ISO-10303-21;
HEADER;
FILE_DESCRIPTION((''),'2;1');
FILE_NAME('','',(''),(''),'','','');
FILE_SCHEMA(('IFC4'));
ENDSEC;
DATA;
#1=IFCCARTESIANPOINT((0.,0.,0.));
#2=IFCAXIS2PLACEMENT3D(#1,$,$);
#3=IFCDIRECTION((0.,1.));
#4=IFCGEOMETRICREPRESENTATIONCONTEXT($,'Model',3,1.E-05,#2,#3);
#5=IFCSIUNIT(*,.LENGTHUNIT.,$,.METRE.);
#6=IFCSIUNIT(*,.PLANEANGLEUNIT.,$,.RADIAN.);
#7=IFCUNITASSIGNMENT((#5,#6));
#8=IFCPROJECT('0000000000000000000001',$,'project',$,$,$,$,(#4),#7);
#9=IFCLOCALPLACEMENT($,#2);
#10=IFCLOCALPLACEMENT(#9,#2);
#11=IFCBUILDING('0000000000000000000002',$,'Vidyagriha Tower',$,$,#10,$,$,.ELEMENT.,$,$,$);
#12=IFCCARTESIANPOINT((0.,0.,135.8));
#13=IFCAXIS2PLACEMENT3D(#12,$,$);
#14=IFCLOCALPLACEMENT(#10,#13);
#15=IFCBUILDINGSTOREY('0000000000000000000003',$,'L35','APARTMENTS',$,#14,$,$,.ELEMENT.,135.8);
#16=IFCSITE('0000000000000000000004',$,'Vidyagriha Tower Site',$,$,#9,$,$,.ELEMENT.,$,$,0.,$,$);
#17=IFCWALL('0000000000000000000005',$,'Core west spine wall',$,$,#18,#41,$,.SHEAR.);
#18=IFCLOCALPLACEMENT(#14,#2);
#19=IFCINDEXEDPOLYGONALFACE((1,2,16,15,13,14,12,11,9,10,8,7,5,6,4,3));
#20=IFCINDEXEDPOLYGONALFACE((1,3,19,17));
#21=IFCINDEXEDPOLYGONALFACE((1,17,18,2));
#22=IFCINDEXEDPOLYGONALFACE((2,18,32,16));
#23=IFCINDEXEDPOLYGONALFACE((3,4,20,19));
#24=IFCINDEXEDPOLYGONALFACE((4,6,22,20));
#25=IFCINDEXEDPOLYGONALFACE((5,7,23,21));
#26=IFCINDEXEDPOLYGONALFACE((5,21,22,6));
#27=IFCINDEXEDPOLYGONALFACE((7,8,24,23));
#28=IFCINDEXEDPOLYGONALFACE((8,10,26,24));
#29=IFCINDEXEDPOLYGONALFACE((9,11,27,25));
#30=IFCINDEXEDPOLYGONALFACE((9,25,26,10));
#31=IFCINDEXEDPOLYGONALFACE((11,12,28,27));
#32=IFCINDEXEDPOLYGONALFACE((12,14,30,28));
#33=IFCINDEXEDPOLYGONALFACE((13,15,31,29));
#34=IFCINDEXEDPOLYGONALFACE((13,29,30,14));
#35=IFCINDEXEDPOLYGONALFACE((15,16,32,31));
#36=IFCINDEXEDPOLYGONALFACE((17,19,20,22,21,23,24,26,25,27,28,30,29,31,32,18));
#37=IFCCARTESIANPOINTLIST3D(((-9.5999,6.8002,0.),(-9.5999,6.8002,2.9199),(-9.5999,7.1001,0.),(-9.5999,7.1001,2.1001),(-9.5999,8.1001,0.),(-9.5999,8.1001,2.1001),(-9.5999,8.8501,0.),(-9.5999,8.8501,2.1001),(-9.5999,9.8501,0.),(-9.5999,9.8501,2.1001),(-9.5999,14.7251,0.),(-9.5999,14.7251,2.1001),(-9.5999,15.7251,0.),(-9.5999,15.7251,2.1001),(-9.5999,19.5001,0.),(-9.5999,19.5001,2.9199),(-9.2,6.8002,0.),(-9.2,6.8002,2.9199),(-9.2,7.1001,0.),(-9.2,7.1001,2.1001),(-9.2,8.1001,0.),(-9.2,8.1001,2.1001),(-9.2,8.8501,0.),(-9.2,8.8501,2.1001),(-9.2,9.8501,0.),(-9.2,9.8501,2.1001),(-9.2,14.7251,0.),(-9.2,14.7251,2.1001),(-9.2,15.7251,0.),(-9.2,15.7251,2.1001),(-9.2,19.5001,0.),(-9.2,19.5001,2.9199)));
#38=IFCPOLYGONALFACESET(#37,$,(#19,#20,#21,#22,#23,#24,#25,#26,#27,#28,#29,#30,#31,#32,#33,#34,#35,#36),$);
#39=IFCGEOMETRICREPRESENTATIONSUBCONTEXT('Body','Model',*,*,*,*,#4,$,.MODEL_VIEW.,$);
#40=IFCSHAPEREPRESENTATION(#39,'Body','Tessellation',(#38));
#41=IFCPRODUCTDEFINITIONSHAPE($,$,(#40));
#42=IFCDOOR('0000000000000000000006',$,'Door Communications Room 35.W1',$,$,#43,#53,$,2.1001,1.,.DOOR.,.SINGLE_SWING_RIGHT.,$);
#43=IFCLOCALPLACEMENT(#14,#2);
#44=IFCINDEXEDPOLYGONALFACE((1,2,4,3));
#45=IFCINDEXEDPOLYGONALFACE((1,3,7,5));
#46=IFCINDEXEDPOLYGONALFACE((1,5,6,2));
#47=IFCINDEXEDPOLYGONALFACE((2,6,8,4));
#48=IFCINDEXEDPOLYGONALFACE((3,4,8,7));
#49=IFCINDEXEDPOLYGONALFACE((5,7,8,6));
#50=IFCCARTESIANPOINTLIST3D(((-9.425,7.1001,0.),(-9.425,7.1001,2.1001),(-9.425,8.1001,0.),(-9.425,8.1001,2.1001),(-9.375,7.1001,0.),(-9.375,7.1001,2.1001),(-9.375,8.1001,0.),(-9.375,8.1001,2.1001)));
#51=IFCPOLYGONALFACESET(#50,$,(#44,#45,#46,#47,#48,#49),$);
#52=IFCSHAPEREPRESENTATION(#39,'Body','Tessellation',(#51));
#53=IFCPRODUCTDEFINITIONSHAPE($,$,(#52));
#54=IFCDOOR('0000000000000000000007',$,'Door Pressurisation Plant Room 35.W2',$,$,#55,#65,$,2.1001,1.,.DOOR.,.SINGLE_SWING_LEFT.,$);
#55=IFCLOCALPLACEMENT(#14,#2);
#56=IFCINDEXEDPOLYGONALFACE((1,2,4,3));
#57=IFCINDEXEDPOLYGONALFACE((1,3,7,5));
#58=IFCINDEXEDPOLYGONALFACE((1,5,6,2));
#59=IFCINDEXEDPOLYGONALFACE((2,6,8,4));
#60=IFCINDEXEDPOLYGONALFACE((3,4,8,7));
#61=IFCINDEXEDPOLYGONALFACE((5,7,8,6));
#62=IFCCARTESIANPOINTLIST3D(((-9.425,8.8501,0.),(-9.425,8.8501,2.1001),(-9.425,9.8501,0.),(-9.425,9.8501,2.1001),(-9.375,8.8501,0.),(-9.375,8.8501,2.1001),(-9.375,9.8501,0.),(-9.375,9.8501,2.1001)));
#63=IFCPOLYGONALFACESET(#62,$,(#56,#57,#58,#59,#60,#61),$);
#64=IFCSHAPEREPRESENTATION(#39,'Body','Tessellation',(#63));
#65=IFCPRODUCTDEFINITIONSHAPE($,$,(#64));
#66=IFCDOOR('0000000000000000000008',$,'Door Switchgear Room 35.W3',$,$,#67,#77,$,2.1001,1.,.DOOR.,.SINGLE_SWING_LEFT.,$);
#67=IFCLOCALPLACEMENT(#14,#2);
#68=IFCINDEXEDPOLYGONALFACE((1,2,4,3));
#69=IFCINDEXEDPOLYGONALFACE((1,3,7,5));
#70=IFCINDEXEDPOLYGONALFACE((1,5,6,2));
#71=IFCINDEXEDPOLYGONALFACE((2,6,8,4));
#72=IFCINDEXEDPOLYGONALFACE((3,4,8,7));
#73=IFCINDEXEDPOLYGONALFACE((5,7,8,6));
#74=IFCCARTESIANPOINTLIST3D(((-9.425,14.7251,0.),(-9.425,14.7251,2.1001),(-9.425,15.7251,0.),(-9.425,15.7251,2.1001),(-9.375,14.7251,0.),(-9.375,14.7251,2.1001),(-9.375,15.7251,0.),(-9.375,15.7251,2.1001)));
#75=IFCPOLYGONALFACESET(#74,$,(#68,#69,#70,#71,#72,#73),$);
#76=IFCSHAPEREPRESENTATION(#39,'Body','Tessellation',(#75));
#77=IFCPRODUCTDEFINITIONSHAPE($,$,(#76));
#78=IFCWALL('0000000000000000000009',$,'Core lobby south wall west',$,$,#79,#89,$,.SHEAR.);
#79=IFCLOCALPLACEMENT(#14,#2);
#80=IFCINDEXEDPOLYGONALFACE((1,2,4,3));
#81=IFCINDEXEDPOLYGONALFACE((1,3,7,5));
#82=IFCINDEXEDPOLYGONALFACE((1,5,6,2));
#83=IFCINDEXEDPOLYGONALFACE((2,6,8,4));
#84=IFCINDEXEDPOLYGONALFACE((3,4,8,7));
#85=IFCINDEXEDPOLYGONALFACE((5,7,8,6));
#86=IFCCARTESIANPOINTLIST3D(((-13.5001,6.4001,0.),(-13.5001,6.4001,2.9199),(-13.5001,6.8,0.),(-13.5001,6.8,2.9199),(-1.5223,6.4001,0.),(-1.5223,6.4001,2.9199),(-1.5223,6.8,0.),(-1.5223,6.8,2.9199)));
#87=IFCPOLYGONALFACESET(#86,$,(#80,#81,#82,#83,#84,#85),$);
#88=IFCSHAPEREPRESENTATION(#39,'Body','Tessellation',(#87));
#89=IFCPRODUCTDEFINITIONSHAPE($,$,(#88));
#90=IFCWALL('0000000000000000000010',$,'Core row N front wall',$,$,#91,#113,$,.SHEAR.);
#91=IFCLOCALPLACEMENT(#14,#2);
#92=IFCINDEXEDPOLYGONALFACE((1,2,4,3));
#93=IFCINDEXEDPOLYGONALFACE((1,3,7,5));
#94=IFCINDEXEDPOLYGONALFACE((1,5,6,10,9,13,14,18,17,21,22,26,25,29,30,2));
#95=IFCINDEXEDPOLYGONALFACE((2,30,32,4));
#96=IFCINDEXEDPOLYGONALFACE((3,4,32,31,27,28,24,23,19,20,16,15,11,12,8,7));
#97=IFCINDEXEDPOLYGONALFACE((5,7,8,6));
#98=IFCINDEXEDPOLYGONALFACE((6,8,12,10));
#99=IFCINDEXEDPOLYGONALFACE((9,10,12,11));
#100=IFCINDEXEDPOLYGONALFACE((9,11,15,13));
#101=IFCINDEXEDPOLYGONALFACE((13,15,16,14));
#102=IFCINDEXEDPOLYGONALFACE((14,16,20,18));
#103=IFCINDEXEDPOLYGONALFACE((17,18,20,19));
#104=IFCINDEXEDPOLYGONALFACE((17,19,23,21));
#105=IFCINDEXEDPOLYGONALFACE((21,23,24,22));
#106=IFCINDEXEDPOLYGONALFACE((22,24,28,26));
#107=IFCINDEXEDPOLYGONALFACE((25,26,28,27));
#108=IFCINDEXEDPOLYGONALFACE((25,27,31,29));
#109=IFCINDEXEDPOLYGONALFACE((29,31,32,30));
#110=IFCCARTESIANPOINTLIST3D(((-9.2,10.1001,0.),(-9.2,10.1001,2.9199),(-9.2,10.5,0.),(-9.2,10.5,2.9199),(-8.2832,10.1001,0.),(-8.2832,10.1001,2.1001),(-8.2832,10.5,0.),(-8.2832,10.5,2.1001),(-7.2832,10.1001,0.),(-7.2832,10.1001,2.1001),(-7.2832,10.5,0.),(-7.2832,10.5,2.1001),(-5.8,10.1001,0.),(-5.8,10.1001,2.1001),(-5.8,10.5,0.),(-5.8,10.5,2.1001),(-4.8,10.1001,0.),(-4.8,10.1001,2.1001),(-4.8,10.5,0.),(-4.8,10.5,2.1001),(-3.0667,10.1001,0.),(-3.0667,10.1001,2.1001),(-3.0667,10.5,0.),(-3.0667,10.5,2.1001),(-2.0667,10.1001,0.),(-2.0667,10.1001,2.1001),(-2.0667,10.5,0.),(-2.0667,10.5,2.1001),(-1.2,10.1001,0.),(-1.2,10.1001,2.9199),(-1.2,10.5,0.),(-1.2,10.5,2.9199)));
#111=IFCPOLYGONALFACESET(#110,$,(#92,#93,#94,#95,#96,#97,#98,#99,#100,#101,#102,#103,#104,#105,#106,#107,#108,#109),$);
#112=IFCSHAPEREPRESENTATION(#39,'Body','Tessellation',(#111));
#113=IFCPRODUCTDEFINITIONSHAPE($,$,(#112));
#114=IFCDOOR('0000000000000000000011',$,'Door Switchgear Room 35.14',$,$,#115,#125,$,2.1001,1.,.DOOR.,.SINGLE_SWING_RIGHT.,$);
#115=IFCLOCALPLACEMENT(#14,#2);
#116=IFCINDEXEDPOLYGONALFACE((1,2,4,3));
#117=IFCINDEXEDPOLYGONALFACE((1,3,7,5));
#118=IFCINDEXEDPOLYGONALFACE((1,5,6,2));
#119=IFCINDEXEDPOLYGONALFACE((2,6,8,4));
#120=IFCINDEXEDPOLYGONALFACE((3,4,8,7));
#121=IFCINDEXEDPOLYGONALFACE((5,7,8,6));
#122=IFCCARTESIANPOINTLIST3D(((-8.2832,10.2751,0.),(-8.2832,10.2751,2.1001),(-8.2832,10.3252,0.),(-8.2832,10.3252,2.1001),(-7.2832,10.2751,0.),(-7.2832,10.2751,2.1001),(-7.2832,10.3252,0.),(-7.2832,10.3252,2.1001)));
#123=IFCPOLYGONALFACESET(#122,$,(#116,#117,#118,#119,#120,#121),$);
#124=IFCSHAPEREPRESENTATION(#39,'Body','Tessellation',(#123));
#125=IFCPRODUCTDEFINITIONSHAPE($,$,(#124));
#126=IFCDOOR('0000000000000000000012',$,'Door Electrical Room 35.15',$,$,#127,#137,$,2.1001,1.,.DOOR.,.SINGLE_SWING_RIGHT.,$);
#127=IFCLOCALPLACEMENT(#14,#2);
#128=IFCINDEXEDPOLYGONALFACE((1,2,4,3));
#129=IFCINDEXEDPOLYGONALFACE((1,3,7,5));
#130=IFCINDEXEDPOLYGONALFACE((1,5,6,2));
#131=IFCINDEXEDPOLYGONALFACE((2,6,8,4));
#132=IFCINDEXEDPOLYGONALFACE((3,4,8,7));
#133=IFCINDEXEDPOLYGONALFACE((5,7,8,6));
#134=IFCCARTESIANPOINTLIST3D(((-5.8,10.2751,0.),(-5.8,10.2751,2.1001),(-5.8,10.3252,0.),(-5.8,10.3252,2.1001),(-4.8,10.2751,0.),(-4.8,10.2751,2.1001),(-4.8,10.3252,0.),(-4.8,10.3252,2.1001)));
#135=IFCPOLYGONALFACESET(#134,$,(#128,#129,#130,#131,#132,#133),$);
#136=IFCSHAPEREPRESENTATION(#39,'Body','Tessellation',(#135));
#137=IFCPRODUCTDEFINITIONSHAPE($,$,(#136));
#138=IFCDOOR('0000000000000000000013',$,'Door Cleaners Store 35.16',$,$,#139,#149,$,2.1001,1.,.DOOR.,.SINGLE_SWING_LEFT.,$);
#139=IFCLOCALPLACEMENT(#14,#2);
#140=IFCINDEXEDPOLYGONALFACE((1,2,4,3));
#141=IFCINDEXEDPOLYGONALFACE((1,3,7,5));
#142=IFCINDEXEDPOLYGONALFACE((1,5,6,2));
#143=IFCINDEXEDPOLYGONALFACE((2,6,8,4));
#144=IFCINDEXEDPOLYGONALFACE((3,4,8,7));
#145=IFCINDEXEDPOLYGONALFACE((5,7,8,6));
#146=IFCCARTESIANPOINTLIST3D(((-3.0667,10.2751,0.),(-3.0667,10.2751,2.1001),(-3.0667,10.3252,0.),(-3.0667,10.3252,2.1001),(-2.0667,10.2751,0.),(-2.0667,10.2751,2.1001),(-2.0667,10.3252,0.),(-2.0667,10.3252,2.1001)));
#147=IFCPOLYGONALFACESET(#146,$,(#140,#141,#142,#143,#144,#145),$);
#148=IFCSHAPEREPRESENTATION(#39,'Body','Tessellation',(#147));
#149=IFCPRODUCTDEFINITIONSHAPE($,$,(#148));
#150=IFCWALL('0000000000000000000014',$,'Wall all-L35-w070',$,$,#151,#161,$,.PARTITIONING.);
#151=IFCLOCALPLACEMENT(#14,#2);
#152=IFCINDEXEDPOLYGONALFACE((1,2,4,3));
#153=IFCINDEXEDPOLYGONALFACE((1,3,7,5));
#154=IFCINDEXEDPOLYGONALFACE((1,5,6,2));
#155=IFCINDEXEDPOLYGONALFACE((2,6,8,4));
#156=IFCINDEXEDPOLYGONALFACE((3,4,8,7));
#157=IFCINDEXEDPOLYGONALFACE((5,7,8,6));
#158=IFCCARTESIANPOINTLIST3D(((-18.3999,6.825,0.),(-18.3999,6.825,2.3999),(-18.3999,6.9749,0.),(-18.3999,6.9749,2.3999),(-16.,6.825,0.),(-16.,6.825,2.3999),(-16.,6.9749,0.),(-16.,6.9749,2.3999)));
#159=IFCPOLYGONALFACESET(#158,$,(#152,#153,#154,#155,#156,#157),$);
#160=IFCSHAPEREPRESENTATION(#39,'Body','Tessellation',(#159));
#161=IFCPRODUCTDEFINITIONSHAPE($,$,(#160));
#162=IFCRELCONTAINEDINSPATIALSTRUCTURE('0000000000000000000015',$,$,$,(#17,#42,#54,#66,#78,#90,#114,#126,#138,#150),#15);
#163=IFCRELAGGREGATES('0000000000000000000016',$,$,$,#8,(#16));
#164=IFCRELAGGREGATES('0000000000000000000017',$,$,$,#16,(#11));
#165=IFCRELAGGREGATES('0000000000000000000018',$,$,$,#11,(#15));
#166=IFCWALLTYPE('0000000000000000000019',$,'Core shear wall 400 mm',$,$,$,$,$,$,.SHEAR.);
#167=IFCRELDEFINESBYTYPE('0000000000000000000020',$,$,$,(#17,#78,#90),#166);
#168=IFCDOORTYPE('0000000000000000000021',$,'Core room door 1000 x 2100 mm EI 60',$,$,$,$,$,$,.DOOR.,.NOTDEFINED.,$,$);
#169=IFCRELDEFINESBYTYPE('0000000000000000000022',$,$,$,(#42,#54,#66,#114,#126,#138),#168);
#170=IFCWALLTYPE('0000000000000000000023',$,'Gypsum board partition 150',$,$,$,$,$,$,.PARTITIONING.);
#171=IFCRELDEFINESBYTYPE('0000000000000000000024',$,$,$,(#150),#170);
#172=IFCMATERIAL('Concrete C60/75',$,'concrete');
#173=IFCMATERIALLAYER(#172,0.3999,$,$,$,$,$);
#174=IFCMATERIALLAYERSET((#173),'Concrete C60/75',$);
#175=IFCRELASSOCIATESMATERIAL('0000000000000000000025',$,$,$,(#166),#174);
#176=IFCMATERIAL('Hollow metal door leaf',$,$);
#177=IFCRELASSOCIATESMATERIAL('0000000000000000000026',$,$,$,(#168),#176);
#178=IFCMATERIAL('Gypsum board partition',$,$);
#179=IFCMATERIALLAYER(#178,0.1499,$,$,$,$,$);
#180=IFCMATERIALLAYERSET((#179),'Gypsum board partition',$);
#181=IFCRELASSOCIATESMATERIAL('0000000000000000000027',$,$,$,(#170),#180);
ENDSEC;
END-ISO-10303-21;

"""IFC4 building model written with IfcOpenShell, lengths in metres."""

from ifc_helpers import new_model, si_unit, direction, frame, frame_2d, origin, place, context, subcontext, project, spatial, rectangle, extrude, material, layer, layer_set, type_object, element, fill, save


model = new_model("IFC4")

# Units and contexts
model_context = context("Model", 3, precision=1e-05, world=origin(), true_north=direction((0.0, 1.0)))
body_context = subcontext(model_context, "Body", "Model", "MODEL_VIEW")
ifc_project = project(units=[si_unit("LENGTHUNIT", "METRE"), si_unit("PLANEANGLEUNIT", "RADIAN")], contexts=[model_context])

# Site, building, storey
site_placement = place(None, origin())
site = spatial("IfcSite", under=ifc_project, at=site_placement, Name="Vidyagriha Tower Site", CompositionType="ELEMENT", RefElevation=0.0)
building_placement = place(site_placement, origin())
building = spatial("IfcBuilding", under=site, at=building_placement, Name="Vidyagriha Tower", CompositionType="ELEMENT")
storey_placement = place(building_placement, frame((0.0, 0.0, 135.8)))
storey = spatial("IfcBuildingStorey", under=building, at=storey_placement, Name="L35", Description="APARTMENTS", CompositionType="ELEMENT", Elevation=135.8)

# Wall, openings, doors
ifc_material_1 = material(Name="Concrete C60/75", Category="concrete")
ifc_layer_1 = layer(ifc_material_1, 0.3999)
ifc_layer_set_1 = layer_set([ifc_layer_1], Name="Concrete C60/75")
wall_type_1 = type_object("IfcWallType", Name="Core shear wall 400 mm", PredefinedType="SHEAR", material=ifc_layer_set_1)
wall_1_placement = place(storey_placement, frame((-9.3999, 6.8, 0.0), z_axis=(0.0, 0.0, 1.0), x_axis=(0.0, 1.0, 0.0)))
wall_1 = element("IfcWall", 1, at=wall_1_placement, inside=storey, type_object=wall_type_1, Name="Core west spine wall", PredefinedType="SHEAR", context=body_context, shape_type="SweptSolid", body=[
    extrude(rectangle(XDim=12.7, YDim=0.3999, at=frame_2d((6.3501, 0.0))), origin(), (0.0, 0.0, 1.0), 2.9199),
])
opening_1_placement = place(wall_1_placement, frame((0.3, 0.0, 0.0)))
opening_1 = element("IfcOpeningElement", 2, at=opening_1_placement, cuts=wall_1, PredefinedType="OPENING", context=body_context, shape_type="SweptSolid", body=[
    extrude(rectangle(XDim=1.0, YDim=2.1001, at=frame_2d((0.5, 1.05))), frame((0.0, 0.21, 0.0), z_axis=(0.0, -1.0, 0.0), x_axis=(1.0, 0.0, 0.0)), (0.0, 0.0, 1.0), 0.4199),
])
opening_2_placement = place(wall_1_placement, frame((2.05, 0.0, 0.0)))
opening_2 = element("IfcOpeningElement", 3, at=opening_2_placement, cuts=wall_1, PredefinedType="OPENING", context=body_context, shape_type="SweptSolid", body=[
    extrude(rectangle(XDim=1.0, YDim=2.1001, at=frame_2d((0.5, 1.05))), frame((0.0, 0.21, 0.0), z_axis=(0.0, -1.0, 0.0), x_axis=(1.0, 0.0, 0.0)), (0.0, 0.0, 1.0), 0.4199),
])
opening_3_placement = place(wall_1_placement, frame((7.925, 0.0, 0.0)))
opening_3 = element("IfcOpeningElement", 4, at=opening_3_placement, cuts=wall_1, PredefinedType="OPENING", context=body_context, shape_type="SweptSolid", body=[
    extrude(rectangle(XDim=1.0, YDim=2.1001, at=frame_2d((0.5, 1.05))), frame((0.0, 0.21, 0.0), z_axis=(0.0, -1.0, 0.0), x_axis=(1.0, 0.0, 0.0)), (0.0, 0.0, 1.0), 0.4199),
])
ifc_material_2 = material(Name="Hollow metal door leaf")
door_type_1 = type_object("IfcDoorType", Name="Core room door 1000 x 2100 mm EI 60", OperationType="NOTDEFINED", PredefinedType="DOOR", material=ifc_material_2)
door_1_placement = place(opening_1_placement, frame((1.0, 0.0, 0.0), z_axis=(0.0, 0.0, 1.0), x_axis=(-1.0, 0.0, 0.0)))
door_1 = element("IfcDoor", 5, at=door_1_placement, inside=storey, type_object=door_type_1, Name="Door Communications Room 35.W1", OperationType="SINGLE_SWING_RIGHT", OverallHeight=2.1001, OverallWidth=1.0, PredefinedType="DOOR", context=body_context, shape_type="SweptSolid", body=[
    extrude(rectangle(XDim=1.0, YDim=2.1001, at=frame_2d((0.5, 1.05))), frame((0.0, 0.0249, 0.0), z_axis=(0.0, -1.0, 0.0), x_axis=(1.0, 0.0, 0.0)), (0.0, 0.0, 1.0), 0.05),
])
fill(opening_1, door_1)
door_2_placement = place(opening_2_placement, frame((1.0, 0.0, 0.0), z_axis=(0.0, 0.0, 1.0), x_axis=(-1.0, 0.0, 0.0)))
door_2 = element("IfcDoor", 6, at=door_2_placement, inside=storey, type_object=door_type_1, Name="Door Pressurisation Plant Room 35.W2", OperationType="SINGLE_SWING_LEFT", OverallHeight=2.1001, OverallWidth=1.0, PredefinedType="DOOR", context=body_context, shape_type="SweptSolid", body=[
    extrude(rectangle(XDim=1.0, YDim=2.1001, at=frame_2d((0.5, 1.05))), frame((0.0, 0.0249, 0.0), z_axis=(0.0, -1.0, 0.0), x_axis=(1.0, 0.0, 0.0)), (0.0, 0.0, 1.0), 0.05),
])
fill(opening_2, door_2)
door_3_placement = place(opening_3_placement, frame((1.0, 0.0, 0.0), z_axis=(0.0, 0.0, 1.0), x_axis=(-1.0, 0.0, 0.0)))
door_3 = element("IfcDoor", 7, at=door_3_placement, inside=storey, type_object=door_type_1, Name="Door Switchgear Room 35.W3", OperationType="SINGLE_SWING_LEFT", OverallHeight=2.1001, OverallWidth=1.0, PredefinedType="DOOR", context=body_context, shape_type="SweptSolid", body=[
    extrude(rectangle(XDim=1.0, YDim=2.1001, at=frame_2d((0.5, 1.05))), frame((0.0, 0.0249, 0.0), z_axis=(0.0, -1.0, 0.0), x_axis=(1.0, 0.0, 0.0)), (0.0, 0.0, 1.0), 0.05),
])
fill(opening_3, door_3)

# Wall
wall_2_placement = place(storey_placement, frame((-13.5, 6.6001, 0.0)))
element("IfcWall", 8, at=wall_2_placement, inside=storey, type_object=wall_type_1, Name="Core lobby south wall west", PredefinedType="SHEAR", context=body_context, shape_type="SweptSolid", body=[
    extrude(rectangle(XDim=11.9778, YDim=0.3999, at=frame_2d((5.9888, 0.0))), origin(), (0.0, 0.0, 1.0), 2.9199),
])

# Wall, openings, doors
wall_3_placement = place(storey_placement, frame((-9.2, 10.3, 0.0)))
wall_3 = element("IfcWall", 9, at=wall_3_placement, inside=storey, type_object=wall_type_1, Name="Core row N front wall", PredefinedType="SHEAR", context=body_context, shape_type="SweptSolid", body=[
    extrude(rectangle(XDim=8.0, YDim=0.3999, at=frame_2d((4.0, 0.0))), origin(), (0.0, 0.0, 1.0), 2.9199),
])
opening_4_placement = place(wall_3_placement, frame((0.9167, 0.0, 0.0)))
opening_4 = element("IfcOpeningElement", 10, at=opening_4_placement, cuts=wall_3, PredefinedType="OPENING", context=body_context, shape_type="SweptSolid", body=[
    extrude(rectangle(XDim=1.0, YDim=2.1001, at=frame_2d((0.5, 1.05))), frame((0.0, 0.21, 0.0), z_axis=(0.0, -1.0, 0.0), x_axis=(1.0, 0.0, 0.0)), (0.0, 0.0, 1.0), 0.4199),
])
opening_5_placement = place(wall_3_placement, frame((3.3999, 0.0, 0.0)))
opening_5 = element("IfcOpeningElement", 11, at=opening_5_placement, cuts=wall_3, PredefinedType="OPENING", context=body_context, shape_type="SweptSolid", body=[
    extrude(rectangle(XDim=1.0, YDim=2.1001, at=frame_2d((0.5, 1.05))), frame((0.0, 0.21, 0.0), z_axis=(0.0, -1.0, 0.0), x_axis=(1.0, 0.0, 0.0)), (0.0, 0.0, 1.0), 0.4199),
])
opening_6_placement = place(wall_3_placement, frame((6.1333, 0.0, 0.0)))
opening_6 = element("IfcOpeningElement", 12, at=opening_6_placement, cuts=wall_3, PredefinedType="OPENING", context=body_context, shape_type="SweptSolid", body=[
    extrude(rectangle(XDim=1.0, YDim=2.1001, at=frame_2d((0.5, 1.05))), frame((0.0, 0.21, 0.0), z_axis=(0.0, -1.0, 0.0), x_axis=(1.0, 0.0, 0.0)), (0.0, 0.0, 1.0), 0.4199),
])
door_4_placement = place(opening_4_placement, frame((1.0, 0.0, 0.0), z_axis=(0.0, 0.0, 1.0), x_axis=(-1.0, 0.0, 0.0)))
door_4 = element("IfcDoor", 13, at=door_4_placement, inside=storey, type_object=door_type_1, Name="Door Switchgear Room 35.14", OperationType="SINGLE_SWING_RIGHT", OverallHeight=2.1001, OverallWidth=1.0, PredefinedType="DOOR", context=body_context, shape_type="SweptSolid", body=[
    extrude(rectangle(XDim=1.0, YDim=2.1001, at=frame_2d((0.5, 1.05))), frame((0.0, 0.0249, 0.0), z_axis=(0.0, -1.0, 0.0), x_axis=(1.0, 0.0, 0.0)), (0.0, 0.0, 1.0), 0.05),
])
fill(opening_4, door_4)
door_5_placement = place(opening_5_placement, frame((1.0, 0.0, 0.0), z_axis=(0.0, 0.0, 1.0), x_axis=(-1.0, 0.0, 0.0)))
door_5 = element("IfcDoor", 14, at=door_5_placement, inside=storey, type_object=door_type_1, Name="Door Electrical Room 35.15", OperationType="SINGLE_SWING_RIGHT", OverallHeight=2.1001, OverallWidth=1.0, PredefinedType="DOOR", context=body_context, shape_type="SweptSolid", body=[
    extrude(rectangle(XDim=1.0, YDim=2.1001, at=frame_2d((0.5, 1.05))), frame((0.0, 0.0249, 0.0), z_axis=(0.0, -1.0, 0.0), x_axis=(1.0, 0.0, 0.0)), (0.0, 0.0, 1.0), 0.05),
])
fill(opening_5, door_5)
door_6_placement = place(opening_6_placement, frame((1.0, 0.0, 0.0), z_axis=(0.0, 0.0, 1.0), x_axis=(-1.0, 0.0, 0.0)))
door_6 = element("IfcDoor", 15, at=door_6_placement, inside=storey, type_object=door_type_1, Name="Door Cleaners Store 35.16", OperationType="SINGLE_SWING_LEFT", OverallHeight=2.1001, OverallWidth=1.0, PredefinedType="DOOR", context=body_context, shape_type="SweptSolid", body=[
    extrude(rectangle(XDim=1.0, YDim=2.1001, at=frame_2d((0.5, 1.05))), frame((0.0, 0.0249, 0.0), z_axis=(0.0, -1.0, 0.0), x_axis=(1.0, 0.0, 0.0)), (0.0, 0.0, 1.0), 0.05),
])
fill(opening_6, door_6)

# Wall
ifc_material_3 = material(Name="Gypsum board partition")
ifc_layer_2 = layer(ifc_material_3, 0.1499)
ifc_layer_set_2 = layer_set([ifc_layer_2], Name="Gypsum board partition")
wall_type_2 = type_object("IfcWallType", Name="Gypsum board partition 150", PredefinedType="PARTITIONING", material=ifc_layer_set_2)
wall_4_placement = place(storey_placement, frame((-18.3999, 6.8999, 0.0)))
element("IfcWall", 16, at=wall_4_placement, inside=storey, type_object=wall_type_2, Name="Wall all-L35-w070", PredefinedType="PARTITIONING", context=body_context, shape_type="SweptSolid", body=[
    extrude(rectangle(XDim=2.3999, YDim=0.1499, at=frame_2d((1.2, 0.0))), origin(), (0.0, 0.0, 1.0), 2.3999),
])

save(model, "model.ifc")
